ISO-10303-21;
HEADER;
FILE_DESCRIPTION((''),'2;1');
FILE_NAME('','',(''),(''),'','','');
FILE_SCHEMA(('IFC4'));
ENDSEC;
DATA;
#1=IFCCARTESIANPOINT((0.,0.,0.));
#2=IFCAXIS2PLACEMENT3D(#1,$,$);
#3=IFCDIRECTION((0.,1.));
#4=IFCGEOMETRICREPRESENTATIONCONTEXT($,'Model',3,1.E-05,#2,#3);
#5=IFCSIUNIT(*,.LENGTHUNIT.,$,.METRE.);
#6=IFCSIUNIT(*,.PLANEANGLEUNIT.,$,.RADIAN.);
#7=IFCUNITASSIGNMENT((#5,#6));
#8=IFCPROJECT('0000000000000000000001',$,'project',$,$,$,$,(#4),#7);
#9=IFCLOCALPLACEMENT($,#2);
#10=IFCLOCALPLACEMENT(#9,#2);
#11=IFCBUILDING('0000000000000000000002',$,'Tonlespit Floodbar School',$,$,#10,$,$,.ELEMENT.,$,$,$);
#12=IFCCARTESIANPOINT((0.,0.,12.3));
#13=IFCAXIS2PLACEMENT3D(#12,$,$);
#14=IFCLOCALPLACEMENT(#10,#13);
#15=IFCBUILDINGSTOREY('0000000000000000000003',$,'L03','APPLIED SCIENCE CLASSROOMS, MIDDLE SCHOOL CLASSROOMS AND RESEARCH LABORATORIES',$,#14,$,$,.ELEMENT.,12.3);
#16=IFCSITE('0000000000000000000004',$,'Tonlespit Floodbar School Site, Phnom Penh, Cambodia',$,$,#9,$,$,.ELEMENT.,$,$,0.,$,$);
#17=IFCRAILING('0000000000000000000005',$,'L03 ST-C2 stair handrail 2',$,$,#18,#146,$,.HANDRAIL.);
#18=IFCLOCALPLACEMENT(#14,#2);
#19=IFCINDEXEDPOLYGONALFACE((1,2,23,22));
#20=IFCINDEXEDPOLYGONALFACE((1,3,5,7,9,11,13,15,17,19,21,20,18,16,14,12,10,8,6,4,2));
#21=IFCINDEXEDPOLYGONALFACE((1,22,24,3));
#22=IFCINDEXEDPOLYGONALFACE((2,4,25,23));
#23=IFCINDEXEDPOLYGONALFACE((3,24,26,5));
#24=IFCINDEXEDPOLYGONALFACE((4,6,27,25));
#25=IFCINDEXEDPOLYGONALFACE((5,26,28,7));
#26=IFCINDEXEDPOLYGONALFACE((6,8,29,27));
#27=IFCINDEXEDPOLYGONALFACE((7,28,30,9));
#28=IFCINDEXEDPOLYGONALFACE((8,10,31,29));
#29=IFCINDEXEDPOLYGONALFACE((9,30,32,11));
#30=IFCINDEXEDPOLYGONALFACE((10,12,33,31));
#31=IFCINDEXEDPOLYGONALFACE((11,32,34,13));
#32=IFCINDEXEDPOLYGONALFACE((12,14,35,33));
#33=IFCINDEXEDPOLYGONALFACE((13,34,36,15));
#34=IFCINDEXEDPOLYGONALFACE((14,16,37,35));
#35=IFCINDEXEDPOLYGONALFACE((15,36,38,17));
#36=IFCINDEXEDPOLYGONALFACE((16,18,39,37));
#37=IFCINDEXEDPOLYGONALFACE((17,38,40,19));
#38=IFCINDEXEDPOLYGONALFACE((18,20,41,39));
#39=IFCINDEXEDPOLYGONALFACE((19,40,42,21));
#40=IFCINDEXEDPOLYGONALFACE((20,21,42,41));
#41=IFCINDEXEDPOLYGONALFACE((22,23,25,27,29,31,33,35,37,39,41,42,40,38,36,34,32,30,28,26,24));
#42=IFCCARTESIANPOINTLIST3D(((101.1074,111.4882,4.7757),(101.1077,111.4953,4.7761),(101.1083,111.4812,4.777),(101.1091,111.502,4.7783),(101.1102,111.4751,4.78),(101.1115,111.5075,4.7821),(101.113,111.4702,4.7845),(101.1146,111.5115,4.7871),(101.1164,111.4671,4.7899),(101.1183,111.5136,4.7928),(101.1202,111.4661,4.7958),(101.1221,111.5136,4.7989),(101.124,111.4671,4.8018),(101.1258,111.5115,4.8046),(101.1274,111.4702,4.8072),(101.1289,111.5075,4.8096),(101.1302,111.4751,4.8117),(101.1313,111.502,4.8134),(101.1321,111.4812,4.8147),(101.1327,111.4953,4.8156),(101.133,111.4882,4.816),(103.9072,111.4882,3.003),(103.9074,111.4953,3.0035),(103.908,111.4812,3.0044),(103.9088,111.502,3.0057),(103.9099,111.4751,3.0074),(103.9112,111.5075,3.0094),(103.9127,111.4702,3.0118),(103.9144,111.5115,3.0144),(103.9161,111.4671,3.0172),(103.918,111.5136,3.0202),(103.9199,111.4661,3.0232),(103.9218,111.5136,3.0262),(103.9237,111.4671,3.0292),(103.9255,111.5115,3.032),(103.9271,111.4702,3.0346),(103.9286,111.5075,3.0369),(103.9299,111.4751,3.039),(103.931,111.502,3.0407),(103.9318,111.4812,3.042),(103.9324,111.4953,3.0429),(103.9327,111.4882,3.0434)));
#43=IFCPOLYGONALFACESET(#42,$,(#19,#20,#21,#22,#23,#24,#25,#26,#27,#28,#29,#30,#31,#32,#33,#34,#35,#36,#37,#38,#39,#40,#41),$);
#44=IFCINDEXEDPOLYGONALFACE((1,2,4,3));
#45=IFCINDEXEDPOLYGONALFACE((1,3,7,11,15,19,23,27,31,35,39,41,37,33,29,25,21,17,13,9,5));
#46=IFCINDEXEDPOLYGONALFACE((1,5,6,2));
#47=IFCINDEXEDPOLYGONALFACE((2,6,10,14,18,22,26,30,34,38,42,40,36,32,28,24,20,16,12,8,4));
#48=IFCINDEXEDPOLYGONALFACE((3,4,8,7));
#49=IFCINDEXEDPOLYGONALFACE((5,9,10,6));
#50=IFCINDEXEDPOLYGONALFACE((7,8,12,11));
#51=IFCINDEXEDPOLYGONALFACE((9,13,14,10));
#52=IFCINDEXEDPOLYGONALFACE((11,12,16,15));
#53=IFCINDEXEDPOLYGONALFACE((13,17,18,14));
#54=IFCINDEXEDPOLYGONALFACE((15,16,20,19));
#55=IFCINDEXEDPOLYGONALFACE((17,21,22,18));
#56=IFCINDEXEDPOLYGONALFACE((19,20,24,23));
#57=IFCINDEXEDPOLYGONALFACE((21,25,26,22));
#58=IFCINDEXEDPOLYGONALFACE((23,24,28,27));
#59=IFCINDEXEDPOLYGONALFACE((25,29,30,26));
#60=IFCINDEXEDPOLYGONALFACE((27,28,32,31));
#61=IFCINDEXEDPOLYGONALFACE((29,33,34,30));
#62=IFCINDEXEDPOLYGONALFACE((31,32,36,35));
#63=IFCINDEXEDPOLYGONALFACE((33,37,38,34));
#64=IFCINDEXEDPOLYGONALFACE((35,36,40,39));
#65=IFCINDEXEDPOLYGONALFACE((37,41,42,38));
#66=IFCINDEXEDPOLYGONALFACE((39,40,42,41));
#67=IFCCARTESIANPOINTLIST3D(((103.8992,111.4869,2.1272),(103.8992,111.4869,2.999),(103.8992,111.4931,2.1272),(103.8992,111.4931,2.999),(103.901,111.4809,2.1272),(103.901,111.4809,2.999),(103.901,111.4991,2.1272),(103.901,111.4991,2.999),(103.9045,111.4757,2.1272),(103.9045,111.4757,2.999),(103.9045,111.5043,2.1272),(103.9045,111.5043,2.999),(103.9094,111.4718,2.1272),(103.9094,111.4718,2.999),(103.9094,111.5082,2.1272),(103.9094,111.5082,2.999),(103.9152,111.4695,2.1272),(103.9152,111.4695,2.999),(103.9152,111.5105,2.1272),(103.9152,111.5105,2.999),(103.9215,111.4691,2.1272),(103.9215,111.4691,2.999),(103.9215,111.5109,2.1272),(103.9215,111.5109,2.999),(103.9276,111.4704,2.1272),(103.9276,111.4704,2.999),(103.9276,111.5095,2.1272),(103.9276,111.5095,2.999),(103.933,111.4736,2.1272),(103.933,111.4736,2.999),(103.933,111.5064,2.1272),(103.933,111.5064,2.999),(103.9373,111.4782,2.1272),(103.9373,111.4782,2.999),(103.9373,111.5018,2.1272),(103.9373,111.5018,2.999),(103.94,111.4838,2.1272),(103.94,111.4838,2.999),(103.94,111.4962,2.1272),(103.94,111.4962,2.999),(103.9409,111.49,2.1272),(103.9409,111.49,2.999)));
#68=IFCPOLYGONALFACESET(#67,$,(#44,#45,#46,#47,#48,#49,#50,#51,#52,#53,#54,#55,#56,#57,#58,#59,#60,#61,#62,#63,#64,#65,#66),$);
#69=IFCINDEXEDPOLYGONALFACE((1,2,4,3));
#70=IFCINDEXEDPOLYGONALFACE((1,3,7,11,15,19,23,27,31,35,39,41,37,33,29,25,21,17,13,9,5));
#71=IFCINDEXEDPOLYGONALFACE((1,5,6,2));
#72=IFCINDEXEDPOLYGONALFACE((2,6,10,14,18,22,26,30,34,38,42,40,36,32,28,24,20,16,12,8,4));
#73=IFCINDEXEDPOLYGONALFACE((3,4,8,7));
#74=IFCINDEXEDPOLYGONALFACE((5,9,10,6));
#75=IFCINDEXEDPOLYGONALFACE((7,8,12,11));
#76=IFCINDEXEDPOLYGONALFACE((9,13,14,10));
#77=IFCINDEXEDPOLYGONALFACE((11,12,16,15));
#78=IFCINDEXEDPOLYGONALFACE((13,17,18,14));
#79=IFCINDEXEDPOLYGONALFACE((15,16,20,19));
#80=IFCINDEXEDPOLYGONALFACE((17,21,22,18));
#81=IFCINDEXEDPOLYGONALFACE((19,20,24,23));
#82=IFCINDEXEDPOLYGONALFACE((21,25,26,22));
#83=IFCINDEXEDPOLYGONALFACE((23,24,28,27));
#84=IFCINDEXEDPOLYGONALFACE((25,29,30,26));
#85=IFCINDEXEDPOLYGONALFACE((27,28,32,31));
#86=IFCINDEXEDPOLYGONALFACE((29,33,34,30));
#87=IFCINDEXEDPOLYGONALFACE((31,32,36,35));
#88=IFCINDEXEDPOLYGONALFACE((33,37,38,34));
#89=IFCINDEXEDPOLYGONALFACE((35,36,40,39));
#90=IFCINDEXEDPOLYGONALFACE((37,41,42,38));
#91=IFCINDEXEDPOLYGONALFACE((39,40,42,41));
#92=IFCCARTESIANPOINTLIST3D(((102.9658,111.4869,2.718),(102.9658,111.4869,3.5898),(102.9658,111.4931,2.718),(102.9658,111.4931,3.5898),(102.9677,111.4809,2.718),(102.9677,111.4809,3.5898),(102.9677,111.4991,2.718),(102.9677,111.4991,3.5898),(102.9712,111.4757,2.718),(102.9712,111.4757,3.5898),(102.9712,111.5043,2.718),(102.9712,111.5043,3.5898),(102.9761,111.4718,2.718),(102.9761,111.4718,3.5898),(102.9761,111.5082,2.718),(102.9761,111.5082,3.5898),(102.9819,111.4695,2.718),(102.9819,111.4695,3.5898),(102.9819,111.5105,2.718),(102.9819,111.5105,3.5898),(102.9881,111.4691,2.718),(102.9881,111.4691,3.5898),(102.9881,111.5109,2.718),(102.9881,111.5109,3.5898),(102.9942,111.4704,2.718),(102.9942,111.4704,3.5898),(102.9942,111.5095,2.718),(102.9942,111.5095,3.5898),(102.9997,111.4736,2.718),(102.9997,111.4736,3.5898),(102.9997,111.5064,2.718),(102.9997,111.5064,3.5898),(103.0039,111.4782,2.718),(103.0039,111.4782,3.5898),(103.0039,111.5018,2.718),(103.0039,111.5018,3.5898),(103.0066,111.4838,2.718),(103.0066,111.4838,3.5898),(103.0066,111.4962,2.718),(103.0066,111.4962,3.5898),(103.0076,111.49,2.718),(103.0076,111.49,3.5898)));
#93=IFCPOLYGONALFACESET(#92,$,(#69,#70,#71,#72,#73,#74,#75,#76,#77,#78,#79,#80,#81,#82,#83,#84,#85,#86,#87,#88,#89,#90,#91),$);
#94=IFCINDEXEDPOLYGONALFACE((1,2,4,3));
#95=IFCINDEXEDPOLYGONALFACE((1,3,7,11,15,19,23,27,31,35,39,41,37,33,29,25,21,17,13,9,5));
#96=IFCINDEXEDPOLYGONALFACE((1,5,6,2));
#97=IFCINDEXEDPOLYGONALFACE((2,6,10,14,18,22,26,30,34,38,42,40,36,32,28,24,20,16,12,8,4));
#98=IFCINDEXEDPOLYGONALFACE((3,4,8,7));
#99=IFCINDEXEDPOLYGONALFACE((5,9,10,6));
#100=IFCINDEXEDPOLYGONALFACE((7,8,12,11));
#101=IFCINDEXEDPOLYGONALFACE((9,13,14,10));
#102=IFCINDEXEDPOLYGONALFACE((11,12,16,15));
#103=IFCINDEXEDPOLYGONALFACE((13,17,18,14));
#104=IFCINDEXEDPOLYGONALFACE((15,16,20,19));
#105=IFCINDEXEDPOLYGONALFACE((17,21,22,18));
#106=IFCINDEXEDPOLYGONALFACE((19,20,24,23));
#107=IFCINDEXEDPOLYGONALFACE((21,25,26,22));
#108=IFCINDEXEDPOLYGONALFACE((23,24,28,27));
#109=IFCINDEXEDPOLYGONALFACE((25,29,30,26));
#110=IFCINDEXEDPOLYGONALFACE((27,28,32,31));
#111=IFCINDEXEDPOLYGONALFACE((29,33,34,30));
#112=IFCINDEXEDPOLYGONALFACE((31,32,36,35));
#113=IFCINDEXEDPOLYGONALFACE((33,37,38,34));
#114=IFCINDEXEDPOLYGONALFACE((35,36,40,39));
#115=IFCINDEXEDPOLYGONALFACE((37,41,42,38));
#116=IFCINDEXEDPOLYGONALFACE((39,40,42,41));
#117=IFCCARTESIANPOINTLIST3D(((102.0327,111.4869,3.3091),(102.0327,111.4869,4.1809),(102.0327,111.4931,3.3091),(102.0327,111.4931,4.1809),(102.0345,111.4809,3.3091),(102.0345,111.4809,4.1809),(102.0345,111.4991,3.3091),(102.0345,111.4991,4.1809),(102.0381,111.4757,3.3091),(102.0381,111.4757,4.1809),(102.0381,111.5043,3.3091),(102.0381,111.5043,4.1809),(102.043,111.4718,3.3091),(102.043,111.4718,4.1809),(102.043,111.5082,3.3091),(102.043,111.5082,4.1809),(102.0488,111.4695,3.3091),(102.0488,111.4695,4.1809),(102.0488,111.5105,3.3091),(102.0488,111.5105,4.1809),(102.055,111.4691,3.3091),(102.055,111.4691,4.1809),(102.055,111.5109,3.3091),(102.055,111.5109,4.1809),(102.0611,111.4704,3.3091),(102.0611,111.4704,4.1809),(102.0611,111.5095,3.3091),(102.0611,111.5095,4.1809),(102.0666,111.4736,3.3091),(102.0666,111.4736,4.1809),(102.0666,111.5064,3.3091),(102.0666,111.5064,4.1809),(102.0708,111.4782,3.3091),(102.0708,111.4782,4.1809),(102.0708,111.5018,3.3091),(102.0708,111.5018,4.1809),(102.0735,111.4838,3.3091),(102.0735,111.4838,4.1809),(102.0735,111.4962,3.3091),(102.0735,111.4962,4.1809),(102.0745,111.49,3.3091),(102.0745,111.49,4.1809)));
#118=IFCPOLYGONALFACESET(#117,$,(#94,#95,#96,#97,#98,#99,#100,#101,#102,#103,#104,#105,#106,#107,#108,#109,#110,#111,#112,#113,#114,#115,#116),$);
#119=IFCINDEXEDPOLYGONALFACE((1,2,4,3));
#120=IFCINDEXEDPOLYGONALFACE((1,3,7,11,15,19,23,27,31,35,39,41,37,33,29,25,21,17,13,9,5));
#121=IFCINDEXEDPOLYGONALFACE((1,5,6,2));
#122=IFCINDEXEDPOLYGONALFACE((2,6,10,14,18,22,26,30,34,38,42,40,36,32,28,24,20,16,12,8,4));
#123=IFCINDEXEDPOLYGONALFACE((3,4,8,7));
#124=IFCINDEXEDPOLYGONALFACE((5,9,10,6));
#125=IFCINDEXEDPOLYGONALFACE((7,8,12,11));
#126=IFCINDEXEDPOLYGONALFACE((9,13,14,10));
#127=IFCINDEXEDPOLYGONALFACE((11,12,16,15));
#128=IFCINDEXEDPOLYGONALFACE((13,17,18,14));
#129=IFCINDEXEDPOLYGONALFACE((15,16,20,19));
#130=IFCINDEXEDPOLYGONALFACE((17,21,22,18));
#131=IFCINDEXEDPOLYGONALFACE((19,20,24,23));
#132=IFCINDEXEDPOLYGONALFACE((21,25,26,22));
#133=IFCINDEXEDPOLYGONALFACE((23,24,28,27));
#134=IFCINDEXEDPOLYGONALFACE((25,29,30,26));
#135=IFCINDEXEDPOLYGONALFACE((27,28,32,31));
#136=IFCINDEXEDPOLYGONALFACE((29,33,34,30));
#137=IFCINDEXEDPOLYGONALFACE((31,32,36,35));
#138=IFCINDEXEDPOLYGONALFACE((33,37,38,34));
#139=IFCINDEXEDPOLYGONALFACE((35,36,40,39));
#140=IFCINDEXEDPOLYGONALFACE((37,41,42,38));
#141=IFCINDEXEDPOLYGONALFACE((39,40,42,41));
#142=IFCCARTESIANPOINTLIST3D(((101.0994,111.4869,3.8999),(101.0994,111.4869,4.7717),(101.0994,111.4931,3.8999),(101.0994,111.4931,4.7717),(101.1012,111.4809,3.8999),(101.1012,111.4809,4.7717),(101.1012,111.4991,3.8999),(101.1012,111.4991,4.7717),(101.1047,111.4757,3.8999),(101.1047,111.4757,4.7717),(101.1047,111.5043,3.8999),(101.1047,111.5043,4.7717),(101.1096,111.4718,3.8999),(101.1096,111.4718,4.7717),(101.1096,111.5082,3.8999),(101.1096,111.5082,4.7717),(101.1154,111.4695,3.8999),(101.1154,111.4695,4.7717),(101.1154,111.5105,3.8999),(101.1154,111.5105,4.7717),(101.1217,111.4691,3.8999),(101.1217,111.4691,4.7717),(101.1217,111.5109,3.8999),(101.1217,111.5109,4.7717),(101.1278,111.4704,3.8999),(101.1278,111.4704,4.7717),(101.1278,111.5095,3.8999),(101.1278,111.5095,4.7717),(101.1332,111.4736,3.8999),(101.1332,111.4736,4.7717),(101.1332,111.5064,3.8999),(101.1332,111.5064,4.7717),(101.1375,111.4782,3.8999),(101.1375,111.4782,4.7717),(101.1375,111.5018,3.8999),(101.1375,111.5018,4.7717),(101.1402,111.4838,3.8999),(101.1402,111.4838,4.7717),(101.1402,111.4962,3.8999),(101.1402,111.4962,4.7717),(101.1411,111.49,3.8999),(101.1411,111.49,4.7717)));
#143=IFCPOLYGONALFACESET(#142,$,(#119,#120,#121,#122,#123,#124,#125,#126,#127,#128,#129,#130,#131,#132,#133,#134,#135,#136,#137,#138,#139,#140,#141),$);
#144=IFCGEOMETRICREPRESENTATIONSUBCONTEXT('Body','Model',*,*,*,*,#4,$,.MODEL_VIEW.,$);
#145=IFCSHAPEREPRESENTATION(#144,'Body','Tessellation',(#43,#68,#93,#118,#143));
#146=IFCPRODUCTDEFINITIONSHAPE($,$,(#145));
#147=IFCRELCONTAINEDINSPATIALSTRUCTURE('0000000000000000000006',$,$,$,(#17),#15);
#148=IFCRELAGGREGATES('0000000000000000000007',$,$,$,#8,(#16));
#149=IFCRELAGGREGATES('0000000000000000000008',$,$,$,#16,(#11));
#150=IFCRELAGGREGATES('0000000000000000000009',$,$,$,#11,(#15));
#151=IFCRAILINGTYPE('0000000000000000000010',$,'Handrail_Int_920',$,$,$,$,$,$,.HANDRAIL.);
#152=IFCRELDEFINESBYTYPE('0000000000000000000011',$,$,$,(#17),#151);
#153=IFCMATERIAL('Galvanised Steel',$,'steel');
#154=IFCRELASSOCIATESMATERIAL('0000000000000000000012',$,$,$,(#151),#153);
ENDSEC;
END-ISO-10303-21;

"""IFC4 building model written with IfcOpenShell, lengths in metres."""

from ifc_helpers import new_model, si_unit, direction, frame, origin, origin_2d, place, context, subcontext, project, spatial, circle, extrude, material, type_object, element, save


model = new_model("IFC4")

# Units and contexts
model_context = context("Model", 3, precision=1e-05, world=origin(), true_north=direction((0.0, 1.0)))
body_context = subcontext(model_context, "Body", "Model", "MODEL_VIEW")
ifc_project = project(units=[si_unit("LENGTHUNIT", "METRE"), si_unit("PLANEANGLEUNIT", "RADIAN")], contexts=[model_context])

# Site, building, storey
site_placement = place(None, origin())
site = spatial("IfcSite", under=ifc_project, at=site_placement, Name="Tonlespit Floodbar School Site, Phnom Penh, Cambodia", CompositionType="ELEMENT", RefElevation=0.0)
building_placement = place(site_placement, origin())
building = spatial("IfcBuilding", under=site, at=building_placement, Name="Tonlespit Floodbar School", CompositionType="ELEMENT")
storey_placement = place(building_placement, frame((0.0, 0.0, 12.3)))
storey = spatial("IfcBuildingStorey", under=building, at=storey_placement, Name="L03", Description="APPLIED SCIENCE CLASSROOMS, MIDDLE SCHOOL CLASSROOMS AND RESEARCH LABORATORIES", CompositionType="ELEMENT", Elevation=12.3)

# Railing
ifc_material_1 = material(Name="Galvanised Steel", Category="steel")
railing_type_1 = type_object("IfcRailingType", Name="Handrail_Int_920", PredefinedType="HANDRAIL", material=ifc_material_1)
railing_1_placement = place(storey_placement, frame((103.9199, 111.49, 2.1272)))
element("IfcRailing", 1, at=railing_1_placement, inside=storey, type_object=railing_type_1, Name="L03 ST-C2 stair handrail 2", PredefinedType="HANDRAIL", context=body_context, shape_type="SweptSolid", body=[
    extrude(circle(Radius=0.0239, at=origin_2d()), frame((0.0, 0.0, 0.896), z_axis=(-0.844888, 0.0, 0.534943), x_axis=(0.0, -1.0, 0.0)), (0.0, 0.0, 1.0), 3.3137),
    extrude(circle(Radius=0.021, at=origin_2d()), origin(), (0.0, 0.0, 1.0), 0.8718),
    extrude(circle(Radius=0.021, at=origin_2d()), frame((-0.9333, 0.0, 0.5908)), (0.0, 0.0, 1.0), 0.8718),
    extrude(circle(Radius=0.021, at=origin_2d()), frame((-1.8665, 0.0, 1.1819)), (0.0, 0.0, 1.0), 0.8718),
    extrude(circle(Radius=0.021, at=origin_2d()), frame((-2.7998, 0.0, 1.7727)), (0.0, 0.0, 1.0), 0.8718),
])

save(model, "model.ifc")
